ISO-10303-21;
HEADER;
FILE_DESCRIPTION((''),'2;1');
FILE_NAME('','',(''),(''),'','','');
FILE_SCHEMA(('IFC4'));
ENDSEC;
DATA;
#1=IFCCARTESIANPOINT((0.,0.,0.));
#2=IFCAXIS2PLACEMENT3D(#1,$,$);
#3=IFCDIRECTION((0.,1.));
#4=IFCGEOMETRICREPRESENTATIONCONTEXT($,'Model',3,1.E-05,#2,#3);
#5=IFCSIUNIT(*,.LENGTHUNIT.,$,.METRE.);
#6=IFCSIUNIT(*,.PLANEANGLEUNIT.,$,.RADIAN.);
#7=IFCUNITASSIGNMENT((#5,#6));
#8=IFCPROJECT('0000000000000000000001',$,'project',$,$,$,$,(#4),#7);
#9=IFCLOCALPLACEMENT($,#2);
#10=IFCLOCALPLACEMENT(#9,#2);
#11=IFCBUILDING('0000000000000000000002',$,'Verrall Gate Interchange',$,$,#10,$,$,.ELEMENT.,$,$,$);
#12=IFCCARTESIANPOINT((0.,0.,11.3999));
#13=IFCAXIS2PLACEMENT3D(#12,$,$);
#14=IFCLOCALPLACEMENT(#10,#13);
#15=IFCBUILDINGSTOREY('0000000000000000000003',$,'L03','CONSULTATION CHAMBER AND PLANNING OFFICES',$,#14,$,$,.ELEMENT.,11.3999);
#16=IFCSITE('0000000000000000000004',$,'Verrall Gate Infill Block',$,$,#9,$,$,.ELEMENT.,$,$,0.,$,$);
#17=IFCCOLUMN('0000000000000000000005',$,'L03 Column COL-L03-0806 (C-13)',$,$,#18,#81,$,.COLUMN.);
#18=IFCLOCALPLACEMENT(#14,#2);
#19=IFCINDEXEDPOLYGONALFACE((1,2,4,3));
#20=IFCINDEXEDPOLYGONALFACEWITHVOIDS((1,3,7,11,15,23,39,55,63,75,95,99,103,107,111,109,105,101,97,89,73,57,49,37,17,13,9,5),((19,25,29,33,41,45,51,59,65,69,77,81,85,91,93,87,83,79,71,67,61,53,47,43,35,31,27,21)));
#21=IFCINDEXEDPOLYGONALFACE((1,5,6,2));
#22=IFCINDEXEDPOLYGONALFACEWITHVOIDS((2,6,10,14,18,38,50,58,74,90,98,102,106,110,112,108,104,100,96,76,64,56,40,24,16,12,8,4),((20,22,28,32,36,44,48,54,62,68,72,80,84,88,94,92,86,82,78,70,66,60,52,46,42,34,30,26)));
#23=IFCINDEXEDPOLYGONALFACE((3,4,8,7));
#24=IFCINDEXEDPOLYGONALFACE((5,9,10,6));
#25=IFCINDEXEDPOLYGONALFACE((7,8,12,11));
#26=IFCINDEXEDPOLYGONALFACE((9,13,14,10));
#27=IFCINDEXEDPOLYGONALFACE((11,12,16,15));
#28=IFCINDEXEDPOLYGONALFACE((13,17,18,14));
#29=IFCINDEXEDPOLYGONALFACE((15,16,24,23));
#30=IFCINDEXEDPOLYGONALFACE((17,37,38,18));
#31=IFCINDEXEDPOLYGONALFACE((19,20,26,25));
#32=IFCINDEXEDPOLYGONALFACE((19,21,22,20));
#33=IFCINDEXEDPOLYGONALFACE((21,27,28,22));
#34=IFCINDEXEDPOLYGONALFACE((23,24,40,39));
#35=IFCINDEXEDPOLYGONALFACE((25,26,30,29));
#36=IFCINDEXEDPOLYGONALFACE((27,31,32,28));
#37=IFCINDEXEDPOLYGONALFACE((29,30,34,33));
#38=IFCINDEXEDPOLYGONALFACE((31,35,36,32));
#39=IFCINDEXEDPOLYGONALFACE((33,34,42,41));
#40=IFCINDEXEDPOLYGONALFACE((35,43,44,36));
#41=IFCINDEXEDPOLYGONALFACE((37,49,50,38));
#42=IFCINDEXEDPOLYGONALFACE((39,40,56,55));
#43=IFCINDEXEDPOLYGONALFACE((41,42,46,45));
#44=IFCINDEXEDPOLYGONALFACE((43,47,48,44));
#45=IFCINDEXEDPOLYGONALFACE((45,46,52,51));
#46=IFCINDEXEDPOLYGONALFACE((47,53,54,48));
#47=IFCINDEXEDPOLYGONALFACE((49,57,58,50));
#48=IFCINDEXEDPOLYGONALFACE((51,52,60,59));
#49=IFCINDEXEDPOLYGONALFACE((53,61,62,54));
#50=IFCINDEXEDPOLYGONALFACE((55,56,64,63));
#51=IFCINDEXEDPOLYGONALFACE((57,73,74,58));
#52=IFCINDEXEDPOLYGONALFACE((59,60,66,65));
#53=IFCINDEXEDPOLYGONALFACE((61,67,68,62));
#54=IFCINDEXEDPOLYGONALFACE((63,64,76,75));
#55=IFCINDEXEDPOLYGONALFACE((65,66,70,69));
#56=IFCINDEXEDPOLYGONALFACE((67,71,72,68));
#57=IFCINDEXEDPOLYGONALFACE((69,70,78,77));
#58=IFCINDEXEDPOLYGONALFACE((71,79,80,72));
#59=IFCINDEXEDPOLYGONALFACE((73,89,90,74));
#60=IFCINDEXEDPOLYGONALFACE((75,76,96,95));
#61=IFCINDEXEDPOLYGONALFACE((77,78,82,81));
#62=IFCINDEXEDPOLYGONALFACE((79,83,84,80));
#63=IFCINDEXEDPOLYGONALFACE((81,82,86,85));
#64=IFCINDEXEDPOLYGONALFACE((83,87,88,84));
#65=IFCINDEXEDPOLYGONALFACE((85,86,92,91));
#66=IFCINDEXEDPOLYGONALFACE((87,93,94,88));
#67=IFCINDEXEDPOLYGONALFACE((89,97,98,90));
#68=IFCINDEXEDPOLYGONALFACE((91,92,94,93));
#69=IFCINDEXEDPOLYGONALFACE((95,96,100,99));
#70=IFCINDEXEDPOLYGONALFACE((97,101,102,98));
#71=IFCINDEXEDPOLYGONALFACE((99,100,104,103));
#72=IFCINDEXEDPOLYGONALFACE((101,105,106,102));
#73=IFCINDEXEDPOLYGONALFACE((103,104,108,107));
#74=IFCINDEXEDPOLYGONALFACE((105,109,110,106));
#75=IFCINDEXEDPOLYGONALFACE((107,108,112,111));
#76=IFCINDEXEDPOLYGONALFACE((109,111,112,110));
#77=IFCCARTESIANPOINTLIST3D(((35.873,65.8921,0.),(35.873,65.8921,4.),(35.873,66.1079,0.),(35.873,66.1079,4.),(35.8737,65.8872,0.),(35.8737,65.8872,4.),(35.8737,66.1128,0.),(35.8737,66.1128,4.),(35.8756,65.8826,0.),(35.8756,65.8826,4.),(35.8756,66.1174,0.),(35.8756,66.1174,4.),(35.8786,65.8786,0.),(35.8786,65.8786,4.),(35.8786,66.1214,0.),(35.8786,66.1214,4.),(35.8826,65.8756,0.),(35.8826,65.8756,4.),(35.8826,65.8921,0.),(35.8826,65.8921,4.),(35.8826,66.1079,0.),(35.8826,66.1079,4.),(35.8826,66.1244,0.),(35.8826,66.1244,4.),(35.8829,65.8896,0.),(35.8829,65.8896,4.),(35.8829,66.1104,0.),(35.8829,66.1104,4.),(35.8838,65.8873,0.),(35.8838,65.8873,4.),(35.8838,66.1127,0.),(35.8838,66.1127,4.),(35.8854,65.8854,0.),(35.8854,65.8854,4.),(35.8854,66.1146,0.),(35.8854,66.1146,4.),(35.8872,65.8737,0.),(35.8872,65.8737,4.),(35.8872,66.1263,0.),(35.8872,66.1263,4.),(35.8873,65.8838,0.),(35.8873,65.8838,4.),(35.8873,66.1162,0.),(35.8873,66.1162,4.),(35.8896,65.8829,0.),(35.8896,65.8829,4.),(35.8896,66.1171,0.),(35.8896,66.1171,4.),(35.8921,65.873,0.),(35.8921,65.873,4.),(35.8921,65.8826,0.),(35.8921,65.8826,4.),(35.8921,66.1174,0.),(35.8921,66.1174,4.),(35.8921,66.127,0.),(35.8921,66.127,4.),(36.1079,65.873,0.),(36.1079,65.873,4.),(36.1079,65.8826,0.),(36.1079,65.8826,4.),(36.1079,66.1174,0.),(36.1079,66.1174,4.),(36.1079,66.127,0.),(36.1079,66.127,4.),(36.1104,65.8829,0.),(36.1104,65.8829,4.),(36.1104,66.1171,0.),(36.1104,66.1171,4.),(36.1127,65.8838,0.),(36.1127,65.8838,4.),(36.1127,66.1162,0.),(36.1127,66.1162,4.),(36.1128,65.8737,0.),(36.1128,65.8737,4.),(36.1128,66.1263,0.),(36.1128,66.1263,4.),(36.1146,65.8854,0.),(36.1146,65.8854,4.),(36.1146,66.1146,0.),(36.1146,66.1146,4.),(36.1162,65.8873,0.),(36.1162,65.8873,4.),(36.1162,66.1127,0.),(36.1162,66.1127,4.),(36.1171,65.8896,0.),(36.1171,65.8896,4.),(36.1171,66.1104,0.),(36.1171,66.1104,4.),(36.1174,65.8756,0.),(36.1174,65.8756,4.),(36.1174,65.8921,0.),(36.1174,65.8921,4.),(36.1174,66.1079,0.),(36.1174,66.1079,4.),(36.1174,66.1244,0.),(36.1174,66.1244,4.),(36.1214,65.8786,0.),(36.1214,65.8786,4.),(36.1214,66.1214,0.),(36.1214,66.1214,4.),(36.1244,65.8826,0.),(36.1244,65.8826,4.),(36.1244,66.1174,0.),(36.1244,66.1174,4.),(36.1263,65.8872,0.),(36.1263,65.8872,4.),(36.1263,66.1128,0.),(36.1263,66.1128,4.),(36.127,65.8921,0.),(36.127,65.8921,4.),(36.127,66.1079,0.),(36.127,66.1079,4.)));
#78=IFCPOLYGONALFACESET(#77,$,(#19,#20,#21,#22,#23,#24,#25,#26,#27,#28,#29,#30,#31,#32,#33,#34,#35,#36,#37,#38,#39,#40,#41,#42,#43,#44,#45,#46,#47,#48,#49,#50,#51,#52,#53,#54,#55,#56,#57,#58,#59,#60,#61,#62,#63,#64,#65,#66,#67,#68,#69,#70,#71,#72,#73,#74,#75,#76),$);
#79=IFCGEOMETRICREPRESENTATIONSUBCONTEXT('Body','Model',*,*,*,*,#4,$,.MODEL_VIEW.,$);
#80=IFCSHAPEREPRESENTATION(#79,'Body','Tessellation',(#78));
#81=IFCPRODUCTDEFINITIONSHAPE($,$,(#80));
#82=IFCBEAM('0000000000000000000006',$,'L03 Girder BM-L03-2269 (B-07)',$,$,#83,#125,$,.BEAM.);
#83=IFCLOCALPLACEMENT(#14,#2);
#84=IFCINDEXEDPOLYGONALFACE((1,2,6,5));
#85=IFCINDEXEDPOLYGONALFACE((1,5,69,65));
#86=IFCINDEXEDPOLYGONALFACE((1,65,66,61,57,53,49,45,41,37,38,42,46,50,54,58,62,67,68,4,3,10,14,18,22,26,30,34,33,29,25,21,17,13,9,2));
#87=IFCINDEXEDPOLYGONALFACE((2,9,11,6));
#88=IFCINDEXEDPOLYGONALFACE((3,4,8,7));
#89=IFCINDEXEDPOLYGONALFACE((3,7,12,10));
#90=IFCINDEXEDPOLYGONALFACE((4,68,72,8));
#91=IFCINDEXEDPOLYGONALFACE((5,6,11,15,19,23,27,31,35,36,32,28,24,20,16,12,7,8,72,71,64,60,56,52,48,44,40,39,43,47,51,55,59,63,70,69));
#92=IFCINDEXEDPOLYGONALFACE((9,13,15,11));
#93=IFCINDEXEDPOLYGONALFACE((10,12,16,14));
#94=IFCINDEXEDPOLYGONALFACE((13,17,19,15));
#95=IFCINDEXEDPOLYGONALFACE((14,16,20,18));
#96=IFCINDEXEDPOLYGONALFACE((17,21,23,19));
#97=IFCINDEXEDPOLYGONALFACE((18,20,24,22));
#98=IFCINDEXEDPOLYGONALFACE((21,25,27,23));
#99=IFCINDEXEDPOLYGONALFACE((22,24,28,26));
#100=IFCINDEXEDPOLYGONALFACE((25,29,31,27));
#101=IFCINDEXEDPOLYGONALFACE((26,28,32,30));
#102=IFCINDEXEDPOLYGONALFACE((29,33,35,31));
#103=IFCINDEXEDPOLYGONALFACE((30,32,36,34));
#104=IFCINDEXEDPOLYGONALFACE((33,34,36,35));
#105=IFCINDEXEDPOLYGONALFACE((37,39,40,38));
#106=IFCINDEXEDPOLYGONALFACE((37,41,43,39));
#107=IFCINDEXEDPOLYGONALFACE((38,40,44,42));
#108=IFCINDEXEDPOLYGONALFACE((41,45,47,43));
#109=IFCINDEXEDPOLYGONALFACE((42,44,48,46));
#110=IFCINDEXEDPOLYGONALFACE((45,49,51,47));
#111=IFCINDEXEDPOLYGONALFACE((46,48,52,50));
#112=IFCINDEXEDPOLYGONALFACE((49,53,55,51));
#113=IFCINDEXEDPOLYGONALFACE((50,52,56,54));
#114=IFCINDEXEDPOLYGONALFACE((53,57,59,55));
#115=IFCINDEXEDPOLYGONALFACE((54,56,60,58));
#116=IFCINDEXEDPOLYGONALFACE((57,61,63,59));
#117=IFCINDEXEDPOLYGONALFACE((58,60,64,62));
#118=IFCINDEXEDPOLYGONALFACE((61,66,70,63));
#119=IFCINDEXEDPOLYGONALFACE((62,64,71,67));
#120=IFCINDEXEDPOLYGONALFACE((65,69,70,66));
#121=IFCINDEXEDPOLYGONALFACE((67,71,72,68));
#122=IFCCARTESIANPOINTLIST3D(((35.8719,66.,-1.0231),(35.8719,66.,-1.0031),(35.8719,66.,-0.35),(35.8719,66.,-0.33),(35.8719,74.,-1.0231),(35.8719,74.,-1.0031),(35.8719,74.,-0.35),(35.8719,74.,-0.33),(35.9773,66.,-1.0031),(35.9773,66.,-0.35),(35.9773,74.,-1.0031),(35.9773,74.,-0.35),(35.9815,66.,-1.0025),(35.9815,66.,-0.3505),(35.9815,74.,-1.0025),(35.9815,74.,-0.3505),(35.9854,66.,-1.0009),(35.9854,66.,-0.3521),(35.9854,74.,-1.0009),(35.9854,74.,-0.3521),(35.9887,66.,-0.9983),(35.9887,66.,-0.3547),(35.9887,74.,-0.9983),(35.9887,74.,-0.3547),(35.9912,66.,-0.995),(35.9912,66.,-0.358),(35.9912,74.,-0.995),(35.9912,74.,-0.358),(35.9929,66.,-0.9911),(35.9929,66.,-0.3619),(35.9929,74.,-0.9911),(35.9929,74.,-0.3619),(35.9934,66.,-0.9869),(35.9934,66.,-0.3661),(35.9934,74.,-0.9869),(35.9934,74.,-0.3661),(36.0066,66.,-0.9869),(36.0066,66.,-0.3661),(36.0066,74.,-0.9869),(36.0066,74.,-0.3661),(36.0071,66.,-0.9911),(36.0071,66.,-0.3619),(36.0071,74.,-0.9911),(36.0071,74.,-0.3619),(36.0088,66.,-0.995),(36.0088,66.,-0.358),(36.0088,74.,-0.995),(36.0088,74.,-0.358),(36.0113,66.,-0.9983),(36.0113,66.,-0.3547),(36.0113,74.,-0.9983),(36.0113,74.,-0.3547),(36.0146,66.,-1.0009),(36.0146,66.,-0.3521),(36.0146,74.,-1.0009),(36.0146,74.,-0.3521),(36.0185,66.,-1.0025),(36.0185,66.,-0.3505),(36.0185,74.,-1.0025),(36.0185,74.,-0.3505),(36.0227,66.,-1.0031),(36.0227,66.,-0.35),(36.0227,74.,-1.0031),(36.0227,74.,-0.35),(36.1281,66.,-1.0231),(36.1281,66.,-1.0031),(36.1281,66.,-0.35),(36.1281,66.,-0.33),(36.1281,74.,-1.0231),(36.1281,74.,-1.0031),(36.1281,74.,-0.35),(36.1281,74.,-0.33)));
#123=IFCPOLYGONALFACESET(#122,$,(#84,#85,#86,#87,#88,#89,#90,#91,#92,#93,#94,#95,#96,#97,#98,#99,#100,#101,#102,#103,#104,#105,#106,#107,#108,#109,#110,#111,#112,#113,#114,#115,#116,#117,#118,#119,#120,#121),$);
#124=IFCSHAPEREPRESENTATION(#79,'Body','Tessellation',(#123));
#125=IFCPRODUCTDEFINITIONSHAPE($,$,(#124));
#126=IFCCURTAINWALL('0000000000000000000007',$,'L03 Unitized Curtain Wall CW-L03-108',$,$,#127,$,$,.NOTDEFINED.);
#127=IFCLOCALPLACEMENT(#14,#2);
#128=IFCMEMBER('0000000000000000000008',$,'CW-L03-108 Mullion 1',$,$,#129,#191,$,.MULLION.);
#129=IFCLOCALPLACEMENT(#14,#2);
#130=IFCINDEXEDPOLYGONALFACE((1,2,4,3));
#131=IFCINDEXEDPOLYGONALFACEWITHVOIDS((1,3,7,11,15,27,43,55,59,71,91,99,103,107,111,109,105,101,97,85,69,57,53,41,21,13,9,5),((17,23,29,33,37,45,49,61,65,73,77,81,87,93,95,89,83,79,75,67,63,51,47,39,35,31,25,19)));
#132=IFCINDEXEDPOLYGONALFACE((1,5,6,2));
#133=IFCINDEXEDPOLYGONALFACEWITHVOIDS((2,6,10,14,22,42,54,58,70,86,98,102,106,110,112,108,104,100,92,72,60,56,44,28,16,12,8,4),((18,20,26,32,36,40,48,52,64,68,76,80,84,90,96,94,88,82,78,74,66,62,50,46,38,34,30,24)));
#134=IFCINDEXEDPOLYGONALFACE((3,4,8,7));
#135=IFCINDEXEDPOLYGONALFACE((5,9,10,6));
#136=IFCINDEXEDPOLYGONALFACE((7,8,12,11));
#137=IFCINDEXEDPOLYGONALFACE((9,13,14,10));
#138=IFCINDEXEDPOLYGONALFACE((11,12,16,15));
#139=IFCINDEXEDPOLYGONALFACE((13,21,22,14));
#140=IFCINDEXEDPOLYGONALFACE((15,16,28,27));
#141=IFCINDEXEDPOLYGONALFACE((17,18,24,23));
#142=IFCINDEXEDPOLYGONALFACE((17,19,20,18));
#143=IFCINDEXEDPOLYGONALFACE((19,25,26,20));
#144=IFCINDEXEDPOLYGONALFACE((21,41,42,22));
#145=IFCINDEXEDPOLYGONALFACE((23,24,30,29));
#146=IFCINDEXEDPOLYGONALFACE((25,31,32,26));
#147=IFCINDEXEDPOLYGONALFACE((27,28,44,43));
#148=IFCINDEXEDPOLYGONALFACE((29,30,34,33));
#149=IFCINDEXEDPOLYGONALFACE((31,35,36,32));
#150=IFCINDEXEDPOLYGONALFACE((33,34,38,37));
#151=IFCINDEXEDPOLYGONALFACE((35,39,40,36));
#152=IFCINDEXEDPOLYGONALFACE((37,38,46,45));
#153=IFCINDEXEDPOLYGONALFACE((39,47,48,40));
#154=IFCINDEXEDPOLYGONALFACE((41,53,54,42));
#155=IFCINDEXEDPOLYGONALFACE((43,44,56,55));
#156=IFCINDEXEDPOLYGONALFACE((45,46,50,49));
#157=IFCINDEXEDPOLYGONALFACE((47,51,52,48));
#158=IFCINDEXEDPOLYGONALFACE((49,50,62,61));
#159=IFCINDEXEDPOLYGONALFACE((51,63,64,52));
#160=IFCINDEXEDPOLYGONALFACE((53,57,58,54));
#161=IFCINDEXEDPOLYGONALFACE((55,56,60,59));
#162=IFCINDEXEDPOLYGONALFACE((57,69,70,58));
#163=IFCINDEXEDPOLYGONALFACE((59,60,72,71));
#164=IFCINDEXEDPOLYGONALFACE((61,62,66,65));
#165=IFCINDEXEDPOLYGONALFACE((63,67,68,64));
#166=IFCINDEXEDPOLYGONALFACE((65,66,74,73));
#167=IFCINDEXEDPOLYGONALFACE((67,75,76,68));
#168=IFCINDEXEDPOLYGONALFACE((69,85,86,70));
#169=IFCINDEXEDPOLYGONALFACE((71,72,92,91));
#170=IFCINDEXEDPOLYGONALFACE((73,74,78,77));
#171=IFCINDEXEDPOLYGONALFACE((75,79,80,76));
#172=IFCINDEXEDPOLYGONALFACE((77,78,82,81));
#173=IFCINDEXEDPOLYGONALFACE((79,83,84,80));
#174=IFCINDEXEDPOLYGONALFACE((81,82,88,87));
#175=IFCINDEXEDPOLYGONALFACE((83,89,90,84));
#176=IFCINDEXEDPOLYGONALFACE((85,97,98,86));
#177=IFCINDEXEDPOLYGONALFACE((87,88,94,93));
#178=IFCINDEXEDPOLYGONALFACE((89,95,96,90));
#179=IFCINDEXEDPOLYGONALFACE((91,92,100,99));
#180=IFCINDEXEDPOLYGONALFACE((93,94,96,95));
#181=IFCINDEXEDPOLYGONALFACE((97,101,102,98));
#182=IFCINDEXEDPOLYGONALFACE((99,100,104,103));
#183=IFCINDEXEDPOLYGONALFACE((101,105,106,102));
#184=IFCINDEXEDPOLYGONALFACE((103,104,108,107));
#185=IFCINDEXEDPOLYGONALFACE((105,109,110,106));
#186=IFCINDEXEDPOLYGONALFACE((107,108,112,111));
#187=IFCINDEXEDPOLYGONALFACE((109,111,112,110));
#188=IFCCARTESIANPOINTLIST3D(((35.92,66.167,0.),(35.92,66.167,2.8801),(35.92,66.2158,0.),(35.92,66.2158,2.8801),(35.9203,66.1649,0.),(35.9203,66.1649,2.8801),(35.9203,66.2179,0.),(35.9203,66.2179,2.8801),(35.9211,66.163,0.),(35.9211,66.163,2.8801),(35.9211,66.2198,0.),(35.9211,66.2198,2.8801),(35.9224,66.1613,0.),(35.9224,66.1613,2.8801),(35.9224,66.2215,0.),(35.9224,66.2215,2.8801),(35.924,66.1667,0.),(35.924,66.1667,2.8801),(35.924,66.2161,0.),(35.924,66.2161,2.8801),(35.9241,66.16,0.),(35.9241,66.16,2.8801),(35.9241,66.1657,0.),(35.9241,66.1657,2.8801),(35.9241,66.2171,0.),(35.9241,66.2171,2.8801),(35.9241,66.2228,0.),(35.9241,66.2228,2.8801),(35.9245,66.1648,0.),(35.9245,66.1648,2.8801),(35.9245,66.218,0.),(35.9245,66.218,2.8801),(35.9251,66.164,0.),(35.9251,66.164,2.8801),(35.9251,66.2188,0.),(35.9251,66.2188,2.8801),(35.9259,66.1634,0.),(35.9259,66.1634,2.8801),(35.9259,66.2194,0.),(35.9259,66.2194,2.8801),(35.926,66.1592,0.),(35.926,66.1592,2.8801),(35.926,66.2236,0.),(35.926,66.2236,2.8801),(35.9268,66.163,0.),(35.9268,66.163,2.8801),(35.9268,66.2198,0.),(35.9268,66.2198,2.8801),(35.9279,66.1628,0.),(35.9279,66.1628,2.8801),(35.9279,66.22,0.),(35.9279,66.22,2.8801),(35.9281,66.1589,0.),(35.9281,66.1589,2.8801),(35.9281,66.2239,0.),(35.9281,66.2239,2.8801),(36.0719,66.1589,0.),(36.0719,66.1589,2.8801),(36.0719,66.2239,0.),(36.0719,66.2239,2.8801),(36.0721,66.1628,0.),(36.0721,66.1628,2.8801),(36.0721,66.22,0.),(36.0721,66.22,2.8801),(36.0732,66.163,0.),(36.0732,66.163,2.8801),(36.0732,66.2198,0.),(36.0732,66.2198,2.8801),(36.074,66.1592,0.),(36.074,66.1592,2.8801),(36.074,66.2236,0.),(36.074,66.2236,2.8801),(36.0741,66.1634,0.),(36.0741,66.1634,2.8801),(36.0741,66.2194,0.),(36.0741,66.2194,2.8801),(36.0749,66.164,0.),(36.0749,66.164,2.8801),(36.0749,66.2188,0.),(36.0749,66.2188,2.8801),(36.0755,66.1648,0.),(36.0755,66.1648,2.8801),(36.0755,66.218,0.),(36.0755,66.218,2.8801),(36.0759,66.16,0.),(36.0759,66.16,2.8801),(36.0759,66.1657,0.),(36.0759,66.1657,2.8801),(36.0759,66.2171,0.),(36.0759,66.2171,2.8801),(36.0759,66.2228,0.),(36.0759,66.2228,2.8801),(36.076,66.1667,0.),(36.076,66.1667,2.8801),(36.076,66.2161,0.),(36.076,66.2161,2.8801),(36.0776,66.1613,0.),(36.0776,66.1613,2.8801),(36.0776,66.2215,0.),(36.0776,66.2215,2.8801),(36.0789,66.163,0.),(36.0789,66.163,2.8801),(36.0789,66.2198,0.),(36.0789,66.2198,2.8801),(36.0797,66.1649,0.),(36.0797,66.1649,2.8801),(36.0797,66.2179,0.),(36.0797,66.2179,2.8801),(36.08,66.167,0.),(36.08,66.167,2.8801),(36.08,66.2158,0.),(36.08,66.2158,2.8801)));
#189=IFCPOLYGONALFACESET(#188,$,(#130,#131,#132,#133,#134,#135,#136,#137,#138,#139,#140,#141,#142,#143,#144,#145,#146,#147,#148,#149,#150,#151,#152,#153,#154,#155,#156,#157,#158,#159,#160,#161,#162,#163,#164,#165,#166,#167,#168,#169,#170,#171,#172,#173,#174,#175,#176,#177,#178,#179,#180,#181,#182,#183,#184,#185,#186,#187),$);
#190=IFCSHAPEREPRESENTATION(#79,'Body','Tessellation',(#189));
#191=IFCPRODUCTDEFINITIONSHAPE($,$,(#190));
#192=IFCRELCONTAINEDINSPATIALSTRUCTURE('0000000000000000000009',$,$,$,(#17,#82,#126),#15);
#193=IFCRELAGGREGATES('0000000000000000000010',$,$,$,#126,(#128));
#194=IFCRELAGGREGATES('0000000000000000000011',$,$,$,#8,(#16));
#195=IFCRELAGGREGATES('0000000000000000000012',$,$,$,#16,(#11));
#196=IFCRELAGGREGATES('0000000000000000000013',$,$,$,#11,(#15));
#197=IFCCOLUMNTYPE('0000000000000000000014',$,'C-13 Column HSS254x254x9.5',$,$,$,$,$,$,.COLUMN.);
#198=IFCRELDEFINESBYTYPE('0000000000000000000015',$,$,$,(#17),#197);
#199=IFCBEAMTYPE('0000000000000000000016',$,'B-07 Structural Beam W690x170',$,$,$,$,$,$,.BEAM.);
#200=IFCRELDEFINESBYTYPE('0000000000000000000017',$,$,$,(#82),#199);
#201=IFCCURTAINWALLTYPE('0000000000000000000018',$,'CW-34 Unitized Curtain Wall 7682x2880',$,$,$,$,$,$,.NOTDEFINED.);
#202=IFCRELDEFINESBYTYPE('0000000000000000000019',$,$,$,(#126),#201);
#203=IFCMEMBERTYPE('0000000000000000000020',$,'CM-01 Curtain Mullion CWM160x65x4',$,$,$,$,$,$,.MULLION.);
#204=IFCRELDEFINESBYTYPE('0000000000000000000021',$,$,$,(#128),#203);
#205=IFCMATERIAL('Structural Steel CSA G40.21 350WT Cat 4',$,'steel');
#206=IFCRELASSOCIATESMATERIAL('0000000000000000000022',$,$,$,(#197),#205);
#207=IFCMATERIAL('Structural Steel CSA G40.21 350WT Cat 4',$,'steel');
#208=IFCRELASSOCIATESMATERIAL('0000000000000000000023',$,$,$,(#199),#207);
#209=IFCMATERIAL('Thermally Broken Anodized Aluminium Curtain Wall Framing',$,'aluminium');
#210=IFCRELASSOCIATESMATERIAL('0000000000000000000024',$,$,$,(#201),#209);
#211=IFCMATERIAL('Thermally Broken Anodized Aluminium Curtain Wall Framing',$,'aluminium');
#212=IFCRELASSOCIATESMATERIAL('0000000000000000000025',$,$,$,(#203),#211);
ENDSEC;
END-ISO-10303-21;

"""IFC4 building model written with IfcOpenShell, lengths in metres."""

from ifc_helpers import new_model, si_unit, direction, frame, origin, origin_2d, place, context, subcontext, project, spatial, hollow_rectangle, i_section, extrude, material, material_profile, profile_set, type_object, element, aggregate, save


model = new_model("IFC4")

# Units and contexts
model_context = context("Model", 3, precision=1e-05, world=origin(), true_north=direction((0.0, 1.0)))
body_context = subcontext(model_context, "Body", "Model", "MODEL_VIEW")
ifc_project = project(units=[si_unit("LENGTHUNIT", "METRE"), si_unit("PLANEANGLEUNIT", "RADIAN")], contexts=[model_context])

# Site, building, storey
site_placement = place(None, origin())
site = spatial("IfcSite", under=ifc_project, at=site_placement, Name="Verrall Gate Infill Block", CompositionType="ELEMENT", RefElevation=0.0)
building_placement = place(site_placement, origin())
building = spatial("IfcBuilding", under=site, at=building_placement, Name="Verrall Gate Interchange", CompositionType="ELEMENT")
storey_placement = place(building_placement, frame((0.0, 0.0, 11.3999)))
storey = spatial("IfcBuildingStorey", under=building, at=storey_placement, Name="L03", Description="CONSULTATION CHAMBER AND PLANNING OFFICES", CompositionType="ELEMENT", Elevation=11.3999)

# Column
ifc_material_1 = material(Name="Structural Steel CSA G40.21 350WT Cat 4", Category="steel")
ifc_material_profile_1 = material_profile(ifc_material_1, hollow_rectangle(XDim=0.2539, YDim=0.2539, WallThickness=0.0095, InnerFilletRadius=0.0095, OuterFilletRadius=0.019, at=origin_2d()), Name="HSS254x254x9.5")
ifc_profile_set_1 = profile_set([ifc_material_profile_1], Name="Structural Steel CSA G40.21 350WT Cat 4")
column_type = type_object("IfcColumnType", Name="C-13 Column HSS254x254x9.5", PredefinedType="COLUMN", material=ifc_profile_set_1)
column_placement = place(storey_placement, frame((36.0, 66.0, 0.0), z_axis=(0.0, 0.0, 1.0), x_axis=(1.0, 0.0, 0.0)))
element("IfcColumn", 1, at=column_placement, inside=storey, type_object=column_type, Name="L03 Column COL-L03-0806 (C-13)", PredefinedType="COLUMN", context=body_context, shape_type="SweptSolid", body=[
    extrude(hollow_rectangle(XDim=0.2539, YDim=0.2539, WallThickness=0.0095, InnerFilletRadius=0.0095, OuterFilletRadius=0.019, at=origin_2d()), origin(), (0.0, 0.0, 1.0), 4.0),
])

# Beam
ifc_material_2 = material(Name="Structural Steel CSA G40.21 350WT Cat 4", Category="steel")
ifc_material_profile_2 = material_profile(ifc_material_2, i_section(OverallWidth=0.2561, OverallDepth=0.6931, WebThickness=0.0132, FlangeThickness=0.02, FilletRadius=0.0161, at=origin_2d()), Name="W690x170")
ifc_profile_set_2 = profile_set([ifc_material_profile_2], Name="Structural Steel CSA G40.21 350WT Cat 4")
beam_type_1 = type_object("IfcBeamType", Name="B-07 Structural Beam W690x170", PredefinedType="BEAM", material=ifc_profile_set_2)
beam_1_placement = place(storey_placement, frame((36.0, 66.0, -0.6765), z_axis=(0.0, 1.0, 0.0), x_axis=(-1.0, 0.0, 0.0)))
element("IfcBeam", 2, at=beam_1_placement, inside=storey, type_object=beam_type_1, Name="L03 Girder BM-L03-2269 (B-07)", PredefinedType="BEAM", context=body_context, shape_type="SweptSolid", body=[
    extrude(i_section(OverallWidth=0.2561, OverallDepth=0.6931, WebThickness=0.0132, FlangeThickness=0.02, FilletRadius=0.0161, at=origin_2d()), origin(), (0.0, 0.0, 1.0), 8.0),
])

# Curtain wall, member
ifc_material_3 = material(Name="Thermally Broken Anodized Aluminium Curtain Wall Framing", Category="aluminium")
curtain_wall_type = type_object("IfcCurtainWallType", Name="CW-34 Unitized Curtain Wall 7682x2880", PredefinedType="NOTDEFINED", material=ifc_material_3)
curtain_wall_placement = place(storey_placement, origin())
curtain_wall = element("IfcCurtainWall", 3, at=curtain_wall_placement, inside=storey, type_object=curtain_wall_type, Name="L03 Unitized Curtain Wall CW-L03-108", PredefinedType="NOTDEFINED")
ifc_material_4 = material(Name="Thermally Broken Anodized Aluminium Curtain Wall Framing", Category="aluminium")
ifc_material_profile_3 = material_profile(ifc_material_4, hollow_rectangle(XDim=0.0649, YDim=0.1599, WallThickness=0.0039, InnerFilletRadius=0.0039, OuterFilletRadius=0.0081, at=origin_2d()), Name="CWM160x65x4")
ifc_profile_set_3 = profile_set([ifc_material_profile_3], Name="Thermally Broken Anodized Aluminium Curtain Wall Framing")
member_type_1 = type_object("IfcMemberType", Name="CM-01 Curtain Mullion CWM160x65x4", PredefinedType="MULLION", material=ifc_profile_set_3)
member_1_placement = place(storey_placement, frame((36.0, 66.1914, 0.0), z_axis=(0.0, 0.0, 1.0), x_axis=(0.0, 1.0, 0.0)))
member_1 = element("IfcMember", 4, at=member_1_placement, type_object=member_type_1, Name="CW-L03-108 Mullion 1", PredefinedType="MULLION", context=body_context, shape_type="SweptSolid", body=[
    extrude(hollow_rectangle(XDim=0.0649, YDim=0.1599, WallThickness=0.0039, InnerFilletRadius=0.0039, OuterFilletRadius=0.0081, at=origin_2d()), origin(), (0.0, 0.0, 1.0), 2.8801),
])

aggregate(curtain_wall, [member_1])

save(model, "model.ifc")
